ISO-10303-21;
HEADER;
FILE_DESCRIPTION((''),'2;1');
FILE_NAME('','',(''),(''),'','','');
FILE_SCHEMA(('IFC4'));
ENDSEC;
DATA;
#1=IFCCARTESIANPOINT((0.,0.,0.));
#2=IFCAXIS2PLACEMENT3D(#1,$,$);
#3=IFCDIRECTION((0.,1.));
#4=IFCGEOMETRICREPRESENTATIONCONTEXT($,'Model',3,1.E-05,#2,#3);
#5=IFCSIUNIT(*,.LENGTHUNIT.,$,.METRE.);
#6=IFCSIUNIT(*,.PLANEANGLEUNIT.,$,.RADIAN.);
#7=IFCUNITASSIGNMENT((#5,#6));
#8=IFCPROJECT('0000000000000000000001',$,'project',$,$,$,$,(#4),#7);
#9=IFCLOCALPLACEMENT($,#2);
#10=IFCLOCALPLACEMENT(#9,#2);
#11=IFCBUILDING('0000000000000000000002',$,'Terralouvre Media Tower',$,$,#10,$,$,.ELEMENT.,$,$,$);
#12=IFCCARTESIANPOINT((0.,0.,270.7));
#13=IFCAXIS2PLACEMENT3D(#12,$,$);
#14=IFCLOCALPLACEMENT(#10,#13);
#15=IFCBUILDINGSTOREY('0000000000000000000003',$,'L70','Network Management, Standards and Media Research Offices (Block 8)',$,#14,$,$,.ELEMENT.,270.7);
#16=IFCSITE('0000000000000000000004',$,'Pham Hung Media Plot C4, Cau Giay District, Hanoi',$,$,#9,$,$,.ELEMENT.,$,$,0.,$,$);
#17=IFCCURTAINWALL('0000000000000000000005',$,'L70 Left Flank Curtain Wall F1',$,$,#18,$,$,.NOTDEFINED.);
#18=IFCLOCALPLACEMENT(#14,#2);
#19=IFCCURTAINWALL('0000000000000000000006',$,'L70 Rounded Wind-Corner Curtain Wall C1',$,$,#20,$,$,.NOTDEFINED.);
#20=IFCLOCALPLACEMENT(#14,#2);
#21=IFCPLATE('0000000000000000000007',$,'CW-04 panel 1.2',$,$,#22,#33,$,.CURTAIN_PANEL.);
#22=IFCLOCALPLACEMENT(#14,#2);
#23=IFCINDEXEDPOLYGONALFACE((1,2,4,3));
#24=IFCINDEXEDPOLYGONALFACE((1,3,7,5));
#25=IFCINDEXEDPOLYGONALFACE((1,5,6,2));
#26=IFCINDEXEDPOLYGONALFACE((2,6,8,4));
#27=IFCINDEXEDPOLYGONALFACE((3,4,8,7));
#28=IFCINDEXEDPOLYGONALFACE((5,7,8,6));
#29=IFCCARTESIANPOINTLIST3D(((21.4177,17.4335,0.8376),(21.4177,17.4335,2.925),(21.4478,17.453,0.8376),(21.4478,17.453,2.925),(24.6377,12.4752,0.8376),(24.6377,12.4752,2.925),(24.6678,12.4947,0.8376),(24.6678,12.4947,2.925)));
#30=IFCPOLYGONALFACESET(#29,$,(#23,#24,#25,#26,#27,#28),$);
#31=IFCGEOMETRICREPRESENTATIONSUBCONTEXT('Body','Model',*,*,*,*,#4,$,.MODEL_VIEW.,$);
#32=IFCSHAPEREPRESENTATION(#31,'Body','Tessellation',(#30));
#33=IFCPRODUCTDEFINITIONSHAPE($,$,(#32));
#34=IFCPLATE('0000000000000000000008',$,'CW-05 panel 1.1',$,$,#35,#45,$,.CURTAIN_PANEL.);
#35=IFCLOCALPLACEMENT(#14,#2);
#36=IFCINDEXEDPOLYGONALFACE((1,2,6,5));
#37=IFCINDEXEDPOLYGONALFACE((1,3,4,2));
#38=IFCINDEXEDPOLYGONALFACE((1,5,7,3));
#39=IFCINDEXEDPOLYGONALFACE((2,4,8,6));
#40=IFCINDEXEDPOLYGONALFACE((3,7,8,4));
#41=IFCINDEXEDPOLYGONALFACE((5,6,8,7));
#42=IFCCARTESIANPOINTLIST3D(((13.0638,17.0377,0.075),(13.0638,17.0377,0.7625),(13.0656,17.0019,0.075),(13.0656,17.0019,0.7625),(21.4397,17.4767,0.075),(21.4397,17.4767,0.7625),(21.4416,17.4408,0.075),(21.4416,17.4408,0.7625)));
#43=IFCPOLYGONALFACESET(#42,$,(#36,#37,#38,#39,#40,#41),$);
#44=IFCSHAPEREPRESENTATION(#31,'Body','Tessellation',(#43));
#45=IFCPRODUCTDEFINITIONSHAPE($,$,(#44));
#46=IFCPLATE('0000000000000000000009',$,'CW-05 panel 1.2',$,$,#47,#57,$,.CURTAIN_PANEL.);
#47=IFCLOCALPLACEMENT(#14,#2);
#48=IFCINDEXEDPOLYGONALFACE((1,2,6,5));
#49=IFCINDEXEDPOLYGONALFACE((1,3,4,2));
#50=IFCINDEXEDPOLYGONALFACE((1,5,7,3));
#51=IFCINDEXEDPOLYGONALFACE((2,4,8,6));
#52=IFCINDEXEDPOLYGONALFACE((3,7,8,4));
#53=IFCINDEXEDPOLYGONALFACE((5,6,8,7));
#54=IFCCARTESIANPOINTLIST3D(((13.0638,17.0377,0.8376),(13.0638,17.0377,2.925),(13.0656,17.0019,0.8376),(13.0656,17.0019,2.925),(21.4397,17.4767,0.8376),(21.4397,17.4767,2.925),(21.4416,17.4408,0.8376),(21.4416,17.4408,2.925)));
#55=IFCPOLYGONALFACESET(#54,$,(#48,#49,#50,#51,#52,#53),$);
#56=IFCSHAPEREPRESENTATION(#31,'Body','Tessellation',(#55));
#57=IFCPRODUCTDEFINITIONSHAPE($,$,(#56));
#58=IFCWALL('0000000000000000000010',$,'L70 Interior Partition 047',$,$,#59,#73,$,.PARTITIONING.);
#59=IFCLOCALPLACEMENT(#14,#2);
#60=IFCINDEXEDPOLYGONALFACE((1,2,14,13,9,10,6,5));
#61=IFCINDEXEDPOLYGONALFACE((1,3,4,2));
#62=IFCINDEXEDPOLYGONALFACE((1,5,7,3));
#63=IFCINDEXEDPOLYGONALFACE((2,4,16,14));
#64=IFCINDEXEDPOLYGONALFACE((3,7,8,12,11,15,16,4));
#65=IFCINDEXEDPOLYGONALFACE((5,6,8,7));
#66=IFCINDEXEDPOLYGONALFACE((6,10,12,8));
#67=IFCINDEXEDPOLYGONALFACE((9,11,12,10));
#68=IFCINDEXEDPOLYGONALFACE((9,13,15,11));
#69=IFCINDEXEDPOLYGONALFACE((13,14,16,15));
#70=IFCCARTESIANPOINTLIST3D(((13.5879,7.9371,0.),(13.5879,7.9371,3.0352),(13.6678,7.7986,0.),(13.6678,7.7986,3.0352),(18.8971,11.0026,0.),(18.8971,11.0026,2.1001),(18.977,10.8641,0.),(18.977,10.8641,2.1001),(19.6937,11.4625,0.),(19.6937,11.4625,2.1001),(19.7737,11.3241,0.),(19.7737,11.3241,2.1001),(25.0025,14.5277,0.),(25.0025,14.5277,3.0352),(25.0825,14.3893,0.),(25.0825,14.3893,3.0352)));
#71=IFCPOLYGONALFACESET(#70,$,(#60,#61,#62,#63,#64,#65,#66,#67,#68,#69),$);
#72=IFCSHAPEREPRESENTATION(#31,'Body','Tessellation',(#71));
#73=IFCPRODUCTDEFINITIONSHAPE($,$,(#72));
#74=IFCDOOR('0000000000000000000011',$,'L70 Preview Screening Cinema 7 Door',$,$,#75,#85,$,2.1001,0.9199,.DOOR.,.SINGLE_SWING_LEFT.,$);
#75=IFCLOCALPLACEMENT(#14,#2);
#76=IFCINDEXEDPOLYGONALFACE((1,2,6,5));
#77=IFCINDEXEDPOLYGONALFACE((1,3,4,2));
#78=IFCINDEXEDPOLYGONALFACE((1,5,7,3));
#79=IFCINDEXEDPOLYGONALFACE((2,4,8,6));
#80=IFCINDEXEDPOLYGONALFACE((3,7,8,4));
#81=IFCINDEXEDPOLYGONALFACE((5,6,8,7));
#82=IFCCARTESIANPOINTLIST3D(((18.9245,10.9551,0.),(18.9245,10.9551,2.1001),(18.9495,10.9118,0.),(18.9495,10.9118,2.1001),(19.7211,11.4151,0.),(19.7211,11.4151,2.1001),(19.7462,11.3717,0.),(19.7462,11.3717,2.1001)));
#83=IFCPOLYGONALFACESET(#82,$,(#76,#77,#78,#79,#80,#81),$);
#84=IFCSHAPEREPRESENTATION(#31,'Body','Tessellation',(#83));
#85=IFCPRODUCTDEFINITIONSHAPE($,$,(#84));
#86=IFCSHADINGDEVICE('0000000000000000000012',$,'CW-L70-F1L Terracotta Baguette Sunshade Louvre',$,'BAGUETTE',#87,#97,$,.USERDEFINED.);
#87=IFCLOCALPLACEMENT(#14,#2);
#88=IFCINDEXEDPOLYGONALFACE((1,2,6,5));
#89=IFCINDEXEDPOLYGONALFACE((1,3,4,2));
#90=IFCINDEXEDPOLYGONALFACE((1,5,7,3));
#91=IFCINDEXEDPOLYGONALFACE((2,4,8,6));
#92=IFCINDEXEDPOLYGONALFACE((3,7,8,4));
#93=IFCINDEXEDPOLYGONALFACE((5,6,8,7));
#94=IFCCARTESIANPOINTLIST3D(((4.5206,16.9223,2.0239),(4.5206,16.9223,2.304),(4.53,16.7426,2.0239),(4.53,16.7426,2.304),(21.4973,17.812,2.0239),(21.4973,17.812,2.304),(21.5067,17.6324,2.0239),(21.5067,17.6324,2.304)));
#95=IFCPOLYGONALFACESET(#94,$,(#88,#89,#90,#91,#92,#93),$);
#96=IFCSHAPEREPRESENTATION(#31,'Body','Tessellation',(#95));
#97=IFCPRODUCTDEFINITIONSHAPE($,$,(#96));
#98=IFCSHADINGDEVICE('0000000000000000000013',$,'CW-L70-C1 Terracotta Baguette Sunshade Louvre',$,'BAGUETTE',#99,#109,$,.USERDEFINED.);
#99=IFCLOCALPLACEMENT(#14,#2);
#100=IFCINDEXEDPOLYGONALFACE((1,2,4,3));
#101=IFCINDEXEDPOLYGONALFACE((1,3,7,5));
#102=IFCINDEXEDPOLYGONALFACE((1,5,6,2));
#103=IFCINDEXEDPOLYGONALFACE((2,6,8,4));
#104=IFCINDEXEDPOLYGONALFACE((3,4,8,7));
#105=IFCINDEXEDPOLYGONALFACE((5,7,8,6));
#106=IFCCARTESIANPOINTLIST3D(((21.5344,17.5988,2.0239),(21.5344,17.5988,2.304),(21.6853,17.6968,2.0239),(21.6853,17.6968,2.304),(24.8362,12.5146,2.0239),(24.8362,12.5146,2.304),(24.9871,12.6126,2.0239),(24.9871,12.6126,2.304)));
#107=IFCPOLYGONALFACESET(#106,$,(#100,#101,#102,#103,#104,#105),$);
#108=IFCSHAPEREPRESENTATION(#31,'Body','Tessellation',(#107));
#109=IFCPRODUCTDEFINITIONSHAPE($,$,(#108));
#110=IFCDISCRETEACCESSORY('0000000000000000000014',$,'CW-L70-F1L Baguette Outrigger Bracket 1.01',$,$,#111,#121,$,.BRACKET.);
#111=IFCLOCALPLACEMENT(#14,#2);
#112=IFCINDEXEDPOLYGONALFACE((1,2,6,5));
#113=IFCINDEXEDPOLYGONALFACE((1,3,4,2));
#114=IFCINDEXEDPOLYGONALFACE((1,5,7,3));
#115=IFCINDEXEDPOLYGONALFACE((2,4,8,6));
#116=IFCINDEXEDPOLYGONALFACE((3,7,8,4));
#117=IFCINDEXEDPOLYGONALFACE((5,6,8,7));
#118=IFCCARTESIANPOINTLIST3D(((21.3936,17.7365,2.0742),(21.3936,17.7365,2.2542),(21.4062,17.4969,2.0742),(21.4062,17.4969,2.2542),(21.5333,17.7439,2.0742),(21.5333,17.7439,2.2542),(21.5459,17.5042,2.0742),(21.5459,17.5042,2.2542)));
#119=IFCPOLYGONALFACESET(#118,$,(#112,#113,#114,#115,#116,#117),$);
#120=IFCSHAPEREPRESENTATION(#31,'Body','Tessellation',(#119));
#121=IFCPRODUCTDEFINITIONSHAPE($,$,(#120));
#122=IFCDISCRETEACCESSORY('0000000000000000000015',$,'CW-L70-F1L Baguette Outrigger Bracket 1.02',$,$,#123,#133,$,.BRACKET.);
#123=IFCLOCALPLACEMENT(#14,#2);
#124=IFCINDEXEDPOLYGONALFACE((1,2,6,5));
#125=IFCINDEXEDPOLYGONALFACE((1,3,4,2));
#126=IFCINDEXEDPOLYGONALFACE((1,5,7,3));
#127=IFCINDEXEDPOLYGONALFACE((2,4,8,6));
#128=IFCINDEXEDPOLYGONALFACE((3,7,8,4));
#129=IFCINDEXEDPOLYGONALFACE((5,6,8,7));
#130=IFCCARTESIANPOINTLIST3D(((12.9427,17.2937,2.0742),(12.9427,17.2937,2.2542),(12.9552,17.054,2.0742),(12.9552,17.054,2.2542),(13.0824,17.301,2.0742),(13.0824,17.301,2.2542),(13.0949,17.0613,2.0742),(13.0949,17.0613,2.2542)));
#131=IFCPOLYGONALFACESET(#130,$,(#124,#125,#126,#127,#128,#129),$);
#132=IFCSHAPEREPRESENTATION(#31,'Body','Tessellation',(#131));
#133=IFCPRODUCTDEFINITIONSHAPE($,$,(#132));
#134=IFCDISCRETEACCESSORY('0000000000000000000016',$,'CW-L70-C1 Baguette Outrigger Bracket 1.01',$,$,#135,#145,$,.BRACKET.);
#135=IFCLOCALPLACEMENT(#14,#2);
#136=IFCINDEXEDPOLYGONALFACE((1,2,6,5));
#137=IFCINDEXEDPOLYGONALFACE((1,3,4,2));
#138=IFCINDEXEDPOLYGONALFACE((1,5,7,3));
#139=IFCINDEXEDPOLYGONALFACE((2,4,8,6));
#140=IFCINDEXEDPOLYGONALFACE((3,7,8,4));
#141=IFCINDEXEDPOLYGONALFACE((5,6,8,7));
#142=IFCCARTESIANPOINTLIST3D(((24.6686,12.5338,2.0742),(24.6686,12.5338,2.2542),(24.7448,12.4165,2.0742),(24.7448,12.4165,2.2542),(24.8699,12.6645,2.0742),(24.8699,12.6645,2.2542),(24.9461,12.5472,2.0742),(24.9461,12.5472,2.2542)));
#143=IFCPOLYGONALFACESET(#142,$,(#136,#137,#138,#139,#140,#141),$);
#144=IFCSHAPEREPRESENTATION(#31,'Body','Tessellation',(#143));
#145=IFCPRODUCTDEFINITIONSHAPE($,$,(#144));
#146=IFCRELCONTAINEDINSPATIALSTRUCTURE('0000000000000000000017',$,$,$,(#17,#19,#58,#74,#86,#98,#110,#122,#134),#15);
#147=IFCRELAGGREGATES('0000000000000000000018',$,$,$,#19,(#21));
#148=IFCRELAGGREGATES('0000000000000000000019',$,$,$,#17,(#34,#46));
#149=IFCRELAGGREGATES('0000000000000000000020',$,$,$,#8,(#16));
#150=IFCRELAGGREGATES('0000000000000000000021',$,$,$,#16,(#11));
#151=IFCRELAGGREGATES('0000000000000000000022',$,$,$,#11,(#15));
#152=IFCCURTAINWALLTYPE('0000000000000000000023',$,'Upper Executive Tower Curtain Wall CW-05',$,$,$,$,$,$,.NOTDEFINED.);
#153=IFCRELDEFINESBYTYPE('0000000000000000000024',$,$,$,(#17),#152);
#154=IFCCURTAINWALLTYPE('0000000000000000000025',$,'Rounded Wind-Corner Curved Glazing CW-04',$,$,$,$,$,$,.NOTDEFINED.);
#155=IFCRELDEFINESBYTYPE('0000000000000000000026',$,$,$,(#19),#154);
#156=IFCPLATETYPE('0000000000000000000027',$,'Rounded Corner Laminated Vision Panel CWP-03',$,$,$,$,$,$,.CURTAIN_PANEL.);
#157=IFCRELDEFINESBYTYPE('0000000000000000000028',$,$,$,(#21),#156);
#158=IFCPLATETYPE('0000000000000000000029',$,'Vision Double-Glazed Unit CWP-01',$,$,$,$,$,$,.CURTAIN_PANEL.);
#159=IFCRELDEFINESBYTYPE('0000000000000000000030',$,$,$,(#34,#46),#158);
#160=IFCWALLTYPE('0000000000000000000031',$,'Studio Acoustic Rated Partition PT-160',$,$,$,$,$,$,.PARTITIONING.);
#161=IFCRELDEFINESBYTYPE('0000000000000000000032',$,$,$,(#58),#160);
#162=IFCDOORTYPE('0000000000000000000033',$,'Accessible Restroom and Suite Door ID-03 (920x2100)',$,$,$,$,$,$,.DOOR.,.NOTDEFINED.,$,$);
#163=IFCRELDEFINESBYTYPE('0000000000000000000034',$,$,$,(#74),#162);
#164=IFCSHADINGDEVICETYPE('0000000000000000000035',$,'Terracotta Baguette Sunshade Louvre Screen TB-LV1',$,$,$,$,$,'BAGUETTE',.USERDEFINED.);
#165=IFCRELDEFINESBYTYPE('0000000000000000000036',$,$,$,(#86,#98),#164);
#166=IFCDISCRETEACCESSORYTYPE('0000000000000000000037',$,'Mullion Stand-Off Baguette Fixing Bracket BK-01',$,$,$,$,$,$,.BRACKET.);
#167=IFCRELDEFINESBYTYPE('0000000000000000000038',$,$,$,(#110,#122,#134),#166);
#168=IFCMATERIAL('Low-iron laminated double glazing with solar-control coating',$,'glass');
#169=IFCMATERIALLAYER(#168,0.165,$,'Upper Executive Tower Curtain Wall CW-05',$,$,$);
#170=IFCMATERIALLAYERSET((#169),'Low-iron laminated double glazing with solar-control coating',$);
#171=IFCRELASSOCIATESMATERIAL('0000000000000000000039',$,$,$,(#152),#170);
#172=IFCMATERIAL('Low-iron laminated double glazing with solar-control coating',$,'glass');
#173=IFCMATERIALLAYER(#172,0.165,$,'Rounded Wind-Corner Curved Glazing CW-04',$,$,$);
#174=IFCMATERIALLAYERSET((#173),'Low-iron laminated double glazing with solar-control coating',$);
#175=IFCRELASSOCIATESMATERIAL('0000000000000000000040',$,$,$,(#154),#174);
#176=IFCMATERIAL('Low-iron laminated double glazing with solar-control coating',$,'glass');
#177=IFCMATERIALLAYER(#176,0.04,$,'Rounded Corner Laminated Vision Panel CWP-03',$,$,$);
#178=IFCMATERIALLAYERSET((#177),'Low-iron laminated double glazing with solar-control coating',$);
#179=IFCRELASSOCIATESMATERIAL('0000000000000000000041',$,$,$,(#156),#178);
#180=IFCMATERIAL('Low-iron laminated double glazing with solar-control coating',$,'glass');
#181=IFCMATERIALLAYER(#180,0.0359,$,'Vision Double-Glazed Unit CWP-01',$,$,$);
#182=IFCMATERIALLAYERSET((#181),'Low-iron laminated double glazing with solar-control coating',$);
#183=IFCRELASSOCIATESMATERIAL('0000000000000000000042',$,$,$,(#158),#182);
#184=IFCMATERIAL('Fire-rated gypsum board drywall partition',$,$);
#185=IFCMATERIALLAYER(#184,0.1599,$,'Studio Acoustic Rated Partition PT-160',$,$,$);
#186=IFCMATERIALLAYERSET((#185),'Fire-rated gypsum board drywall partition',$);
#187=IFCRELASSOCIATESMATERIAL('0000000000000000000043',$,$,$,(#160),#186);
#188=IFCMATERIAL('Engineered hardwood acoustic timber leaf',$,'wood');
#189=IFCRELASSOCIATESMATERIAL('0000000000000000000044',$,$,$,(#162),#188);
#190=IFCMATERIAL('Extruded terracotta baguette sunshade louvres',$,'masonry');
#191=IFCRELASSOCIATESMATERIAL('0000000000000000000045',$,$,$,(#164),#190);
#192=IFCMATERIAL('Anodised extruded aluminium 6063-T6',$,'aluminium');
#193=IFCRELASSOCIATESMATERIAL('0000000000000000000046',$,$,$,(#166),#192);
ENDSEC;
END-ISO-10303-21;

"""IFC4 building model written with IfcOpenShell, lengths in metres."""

from ifc_helpers import new_model, si_unit, direction, frame, frame_2d, origin, origin_2d, place, context, subcontext, project, spatial, rectangle, extrude, material, layer, layer_set, type_object, element, fill, aggregate, save


model = new_model("IFC4")

# Units and contexts
model_context = context("Model", 3, precision=1e-05, world=origin(), true_north=direction((0.0, 1.0)))
body_context = subcontext(model_context, "Body", "Model", "MODEL_VIEW")
ifc_project = project(units=[si_unit("LENGTHUNIT", "METRE"), si_unit("PLANEANGLEUNIT", "RADIAN")], contexts=[model_context])

# Site, building, storey
site_placement = place(None, origin())
site = spatial("IfcSite", under=ifc_project, at=site_placement, Name="Pham Hung Media Plot C4, Cau Giay District, Hanoi", CompositionType="ELEMENT", RefElevation=0.0)
building_placement = place(site_placement, origin())
building = spatial("IfcBuilding", under=site, at=building_placement, Name="Terralouvre Media Tower", CompositionType="ELEMENT")
storey_placement = place(building_placement, frame((0.0, 0.0, 270.7)))
storey = spatial("IfcBuildingStorey", under=building, at=storey_placement, Name="L70", Description="Network Management, Standards and Media Research Offices (Block 8)", CompositionType="ELEMENT", Elevation=270.7)

# Curtain wall
ifc_material_1 = material(Name="Low-iron laminated double glazing with solar-control coating", Category="glass")
ifc_layer_1 = layer(ifc_material_1, 0.165, Name="Upper Executive Tower Curtain Wall CW-05")
ifc_layer_set_1 = layer_set([ifc_layer_1], Name="Low-iron laminated double glazing with solar-control coating")
curtain_wall_type_1 = type_object("IfcCurtainWallType", Name="Upper Executive Tower Curtain Wall CW-05", PredefinedType="NOTDEFINED", material=ifc_layer_set_1)
curtain_wall_1_placement = place(storey_placement, origin())
curtain_wall_1 = element("IfcCurtainWall", 1, at=curtain_wall_1_placement, inside=storey, type_object=curtain_wall_type_1, Name="L70 Left Flank Curtain Wall F1", PredefinedType="NOTDEFINED")

# Curtain wall
ifc_material_2 = material(Name="Low-iron laminated double glazing with solar-control coating", Category="glass")
ifc_layer_2 = layer(ifc_material_2, 0.165, Name="Rounded Wind-Corner Curved Glazing CW-04")
ifc_layer_set_2 = layer_set([ifc_layer_2], Name="Low-iron laminated double glazing with solar-control coating")
curtain_wall_type_2 = type_object("IfcCurtainWallType", Name="Rounded Wind-Corner Curved Glazing CW-04", PredefinedType="NOTDEFINED", material=ifc_layer_set_2)
curtain_wall_2_placement = place(storey_placement, origin())
curtain_wall_2 = element("IfcCurtainWall", 2, at=curtain_wall_2_placement, inside=storey, type_object=curtain_wall_type_2, Name="L70 Rounded Wind-Corner Curtain Wall C1", PredefinedType="NOTDEFINED")

# Plates
ifc_material_3 = material(Name="Low-iron laminated double glazing with solar-control coating", Category="glass")
ifc_layer_3 = layer(ifc_material_3, 0.04, Name="Rounded Corner Laminated Vision Panel CWP-03")
ifc_layer_set_3 = layer_set([ifc_layer_3], Name="Low-iron laminated double glazing with solar-control coating")
plate_type_1 = type_object("IfcPlateType", Name="Rounded Corner Laminated Vision Panel CWP-03", PredefinedType="CURTAIN_PANEL", material=ifc_layer_set_3)
plate_1_placement = place(storey_placement, frame((23.0427, 14.9641, 0.8376), z_axis=(0.0, 0.0, 1.0), x_axis=(-0.544639, 0.83867, 0.0)))
plate_1 = element("IfcPlate", 3, at=plate_1_placement, type_object=plate_type_1, Name="CW-04 panel 1.2", PredefinedType="CURTAIN_PANEL", context=body_context, shape_type="SweptSolid", body=[
    extrude(rectangle(XDim=5.9121, YDim=0.0359, at=origin_2d()), origin(), (0.0, 0.0, 1.0), 2.0874),
])
aggregate(curtain_wall_2, [plate_1])
ifc_material_4 = material(Name="Low-iron laminated double glazing with solar-control coating", Category="glass")
ifc_layer_4 = layer(ifc_material_4, 0.0359, Name="Vision Double-Glazed Unit CWP-01")
ifc_layer_set_4 = layer_set([ifc_layer_4], Name="Low-iron laminated double glazing with solar-control coating")
plate_type_2 = type_object("IfcPlateType", Name="Vision Double-Glazed Unit CWP-01", PredefinedType="CURTAIN_PANEL", material=ifc_layer_set_4)
plate_2_placement = place(storey_placement, frame((17.2527, 17.2393, 0.075), z_axis=(0.0, 0.0, 1.0), x_axis=(-0.99863, -0.052336, 0.0)))
plate_2 = element("IfcPlate", 4, at=plate_2_placement, type_object=plate_type_2, Name="CW-05 panel 1.1", PredefinedType="CURTAIN_PANEL", context=body_context, shape_type="SweptSolid", body=[
    extrude(rectangle(XDim=8.3875, YDim=0.0359, at=origin_2d()), origin(), (0.0, 0.0, 1.0), 0.6875),
])
plate_3_placement = place(storey_placement, frame((17.2527, 17.2393, 0.8376), z_axis=(0.0, 0.0, 1.0), x_axis=(-0.99863, -0.052336, 0.0)))
plate_3 = element("IfcPlate", 5, at=plate_3_placement, type_object=plate_type_2, Name="CW-05 panel 1.2", PredefinedType="CURTAIN_PANEL", context=body_context, shape_type="SweptSolid", body=[
    extrude(rectangle(XDim=8.3875, YDim=0.0359, at=origin_2d()), origin(), (0.0, 0.0, 1.0), 2.0874),
])
aggregate(curtain_wall_1, [plate_2, plate_3])

# Wall, opening, door
ifc_material_5 = material(Name="Fire-rated gypsum board drywall partition")
ifc_layer_5 = layer(ifc_material_5, 0.1599, Name="Studio Acoustic Rated Partition PT-160")
ifc_layer_set_5 = layer_set([ifc_layer_5], Name="Fire-rated gypsum board drywall partition")
wall_type = type_object("IfcWallType", Name="Studio Acoustic Rated Partition PT-160", PredefinedType="PARTITIONING", material=ifc_layer_set_5)
wall_placement = place(storey_placement, frame((25.0425, 14.4585, 0.0), z_axis=(0.0, 0.0, 1.0), x_axis=(-0.866013, -0.500022, 0.0)))
wall = element("IfcWall", 6, at=wall_placement, inside=storey, type_object=wall_type, Name="L70 Interior Partition 047", PredefinedType="PARTITIONING", context=body_context, shape_type="SweptSolid", body=[
    extrude(rectangle(XDim=13.1807, YDim=0.1599, at=frame_2d((6.5903, 0.0))), origin(), (0.0, 0.0, 1.0), 3.0352),
])
opening_placement = place(wall_placement, frame((6.1301, 0.0, 0.0)))
opening = element("IfcOpeningElement", 7, at=opening_placement, cuts=wall, PredefinedType="OPENING", context=body_context, shape_type="SweptSolid", body=[
    extrude(rectangle(XDim=0.9199, YDim=2.1001, at=frame_2d((0.46, 1.05))), frame((0.0, 0.0898, 0.0), z_axis=(0.0, -1.0, 0.0), x_axis=(1.0, 0.0, 0.0)), (0.0, 0.0, 1.0), 0.1799),
])
ifc_material_6 = material(Name="Engineered hardwood acoustic timber leaf", Category="wood")
door_type = type_object("IfcDoorType", Name="Accessible Restroom and Suite Door ID-03 (920x2100)", OperationType="NOTDEFINED", PredefinedType="DOOR", material=ifc_material_6)
door_placement = place(opening_placement, origin())
door = element("IfcDoor", 8, at=door_placement, inside=storey, type_object=door_type, Name="L70 Preview Screening Cinema 7 Door", OperationType="SINGLE_SWING_LEFT", OverallHeight=2.1001, OverallWidth=0.9199, PredefinedType="DOOR", context=body_context, shape_type="SweptSolid", body=[
    extrude(rectangle(XDim=0.9199, YDim=2.1001, at=frame_2d((0.46, 1.05))), frame((0.0, 0.0249, 0.0), z_axis=(0.0, -1.0, 0.0), x_axis=(1.0, 0.0, 0.0)), (0.0, 0.0, 1.0), 0.05),
])
fill(opening, door)

# Shading devices
ifc_material_7 = material(Name="Extruded terracotta baguette sunshade louvres", Category="masonry")
shading_device_type = type_object("IfcShadingDeviceType", Name="Terracotta Baguette Sunshade Louvre Screen TB-LV1", ElementType="BAGUETTE", PredefinedType="USERDEFINED", material=ifc_material_7)
shading_device_1_placement = place(storey_placement, frame((13.0137, 17.2773, 2.0239), z_axis=(0.0, 0.0, 1.0), x_axis=(-0.99863, -0.052336, 0.0)))
element("IfcShadingDevice", 9, at=shading_device_1_placement, inside=storey, type_object=shading_device_type, Name="CW-L70-F1L Terracotta Baguette Sunshade Louvre", ObjectType="BAGUETTE", PredefinedType="USERDEFINED", context=body_context, shape_type="SweptSolid", body=[
    extrude(rectangle(XDim=17.0, YDim=0.1799, at=origin_2d()), origin(), (0.0, 0.0, 1.0), 0.28),
])
shading_device_2_placement = place(storey_placement, frame((23.2607, 15.1057, 2.0239), z_axis=(0.0, 0.0, 1.0), x_axis=(-0.544639, 0.83867, 0.0)))
element("IfcShadingDevice", 10, at=shading_device_2_placement, inside=storey, type_object=shading_device_type, Name="CW-L70-C1 Terracotta Baguette Sunshade Louvre", ObjectType="BAGUETTE", PredefinedType="USERDEFINED", context=body_context, shape_type="SweptSolid", body=[
    extrude(rectangle(XDim=6.0623, YDim=0.1799, at=origin_2d()), origin(), (0.0, 0.0, 1.0), 0.28),
])

# Discrete accessories
ifc_material_8 = material(Name="Anodised extruded aluminium 6063-T6", Category="aluminium")
discrete_accessory_type = type_object("IfcDiscreteAccessoryType", Name="Mullion Stand-Off Baguette Fixing Bracket BK-01", PredefinedType="BRACKET", material=ifc_material_8)
for number, where, z_axis, x_axis, name in (
    (11, (21.4697, 17.6204, 2.0742), (0.0, 0.0, 1.0), (-0.99863, -0.052336, 0.0), "CW-L70-F1L Baguette Outrigger Bracket 1.01"),
    (12, (13.0188, 17.1775, 2.0742), (0.0, 0.0, 1.0), (-0.99863, -0.052336, 0.0), "CW-L70-F1L Baguette Outrigger Bracket 1.02"),
    (13, (24.8074, 12.5405, 2.0742), (0.0, 0.0, 1.0), (-0.544639, 0.83867, 0.0), "CW-L70-C1 Baguette Outrigger Bracket 1.01"),
):
    element("IfcDiscreteAccessory", number, at=place(storey_placement, frame(where, z_axis=z_axis, x_axis=x_axis)), inside=storey, type_object=discrete_accessory_type, Name=name, PredefinedType="BRACKET", context=body_context, shape_type="SweptSolid", body=[
        extrude(rectangle(XDim=0.1399, YDim=0.24, at=origin_2d()), origin(), (0.0, 0.0, 1.0), 0.1799),
    ])

save(model, "model.ifc")
